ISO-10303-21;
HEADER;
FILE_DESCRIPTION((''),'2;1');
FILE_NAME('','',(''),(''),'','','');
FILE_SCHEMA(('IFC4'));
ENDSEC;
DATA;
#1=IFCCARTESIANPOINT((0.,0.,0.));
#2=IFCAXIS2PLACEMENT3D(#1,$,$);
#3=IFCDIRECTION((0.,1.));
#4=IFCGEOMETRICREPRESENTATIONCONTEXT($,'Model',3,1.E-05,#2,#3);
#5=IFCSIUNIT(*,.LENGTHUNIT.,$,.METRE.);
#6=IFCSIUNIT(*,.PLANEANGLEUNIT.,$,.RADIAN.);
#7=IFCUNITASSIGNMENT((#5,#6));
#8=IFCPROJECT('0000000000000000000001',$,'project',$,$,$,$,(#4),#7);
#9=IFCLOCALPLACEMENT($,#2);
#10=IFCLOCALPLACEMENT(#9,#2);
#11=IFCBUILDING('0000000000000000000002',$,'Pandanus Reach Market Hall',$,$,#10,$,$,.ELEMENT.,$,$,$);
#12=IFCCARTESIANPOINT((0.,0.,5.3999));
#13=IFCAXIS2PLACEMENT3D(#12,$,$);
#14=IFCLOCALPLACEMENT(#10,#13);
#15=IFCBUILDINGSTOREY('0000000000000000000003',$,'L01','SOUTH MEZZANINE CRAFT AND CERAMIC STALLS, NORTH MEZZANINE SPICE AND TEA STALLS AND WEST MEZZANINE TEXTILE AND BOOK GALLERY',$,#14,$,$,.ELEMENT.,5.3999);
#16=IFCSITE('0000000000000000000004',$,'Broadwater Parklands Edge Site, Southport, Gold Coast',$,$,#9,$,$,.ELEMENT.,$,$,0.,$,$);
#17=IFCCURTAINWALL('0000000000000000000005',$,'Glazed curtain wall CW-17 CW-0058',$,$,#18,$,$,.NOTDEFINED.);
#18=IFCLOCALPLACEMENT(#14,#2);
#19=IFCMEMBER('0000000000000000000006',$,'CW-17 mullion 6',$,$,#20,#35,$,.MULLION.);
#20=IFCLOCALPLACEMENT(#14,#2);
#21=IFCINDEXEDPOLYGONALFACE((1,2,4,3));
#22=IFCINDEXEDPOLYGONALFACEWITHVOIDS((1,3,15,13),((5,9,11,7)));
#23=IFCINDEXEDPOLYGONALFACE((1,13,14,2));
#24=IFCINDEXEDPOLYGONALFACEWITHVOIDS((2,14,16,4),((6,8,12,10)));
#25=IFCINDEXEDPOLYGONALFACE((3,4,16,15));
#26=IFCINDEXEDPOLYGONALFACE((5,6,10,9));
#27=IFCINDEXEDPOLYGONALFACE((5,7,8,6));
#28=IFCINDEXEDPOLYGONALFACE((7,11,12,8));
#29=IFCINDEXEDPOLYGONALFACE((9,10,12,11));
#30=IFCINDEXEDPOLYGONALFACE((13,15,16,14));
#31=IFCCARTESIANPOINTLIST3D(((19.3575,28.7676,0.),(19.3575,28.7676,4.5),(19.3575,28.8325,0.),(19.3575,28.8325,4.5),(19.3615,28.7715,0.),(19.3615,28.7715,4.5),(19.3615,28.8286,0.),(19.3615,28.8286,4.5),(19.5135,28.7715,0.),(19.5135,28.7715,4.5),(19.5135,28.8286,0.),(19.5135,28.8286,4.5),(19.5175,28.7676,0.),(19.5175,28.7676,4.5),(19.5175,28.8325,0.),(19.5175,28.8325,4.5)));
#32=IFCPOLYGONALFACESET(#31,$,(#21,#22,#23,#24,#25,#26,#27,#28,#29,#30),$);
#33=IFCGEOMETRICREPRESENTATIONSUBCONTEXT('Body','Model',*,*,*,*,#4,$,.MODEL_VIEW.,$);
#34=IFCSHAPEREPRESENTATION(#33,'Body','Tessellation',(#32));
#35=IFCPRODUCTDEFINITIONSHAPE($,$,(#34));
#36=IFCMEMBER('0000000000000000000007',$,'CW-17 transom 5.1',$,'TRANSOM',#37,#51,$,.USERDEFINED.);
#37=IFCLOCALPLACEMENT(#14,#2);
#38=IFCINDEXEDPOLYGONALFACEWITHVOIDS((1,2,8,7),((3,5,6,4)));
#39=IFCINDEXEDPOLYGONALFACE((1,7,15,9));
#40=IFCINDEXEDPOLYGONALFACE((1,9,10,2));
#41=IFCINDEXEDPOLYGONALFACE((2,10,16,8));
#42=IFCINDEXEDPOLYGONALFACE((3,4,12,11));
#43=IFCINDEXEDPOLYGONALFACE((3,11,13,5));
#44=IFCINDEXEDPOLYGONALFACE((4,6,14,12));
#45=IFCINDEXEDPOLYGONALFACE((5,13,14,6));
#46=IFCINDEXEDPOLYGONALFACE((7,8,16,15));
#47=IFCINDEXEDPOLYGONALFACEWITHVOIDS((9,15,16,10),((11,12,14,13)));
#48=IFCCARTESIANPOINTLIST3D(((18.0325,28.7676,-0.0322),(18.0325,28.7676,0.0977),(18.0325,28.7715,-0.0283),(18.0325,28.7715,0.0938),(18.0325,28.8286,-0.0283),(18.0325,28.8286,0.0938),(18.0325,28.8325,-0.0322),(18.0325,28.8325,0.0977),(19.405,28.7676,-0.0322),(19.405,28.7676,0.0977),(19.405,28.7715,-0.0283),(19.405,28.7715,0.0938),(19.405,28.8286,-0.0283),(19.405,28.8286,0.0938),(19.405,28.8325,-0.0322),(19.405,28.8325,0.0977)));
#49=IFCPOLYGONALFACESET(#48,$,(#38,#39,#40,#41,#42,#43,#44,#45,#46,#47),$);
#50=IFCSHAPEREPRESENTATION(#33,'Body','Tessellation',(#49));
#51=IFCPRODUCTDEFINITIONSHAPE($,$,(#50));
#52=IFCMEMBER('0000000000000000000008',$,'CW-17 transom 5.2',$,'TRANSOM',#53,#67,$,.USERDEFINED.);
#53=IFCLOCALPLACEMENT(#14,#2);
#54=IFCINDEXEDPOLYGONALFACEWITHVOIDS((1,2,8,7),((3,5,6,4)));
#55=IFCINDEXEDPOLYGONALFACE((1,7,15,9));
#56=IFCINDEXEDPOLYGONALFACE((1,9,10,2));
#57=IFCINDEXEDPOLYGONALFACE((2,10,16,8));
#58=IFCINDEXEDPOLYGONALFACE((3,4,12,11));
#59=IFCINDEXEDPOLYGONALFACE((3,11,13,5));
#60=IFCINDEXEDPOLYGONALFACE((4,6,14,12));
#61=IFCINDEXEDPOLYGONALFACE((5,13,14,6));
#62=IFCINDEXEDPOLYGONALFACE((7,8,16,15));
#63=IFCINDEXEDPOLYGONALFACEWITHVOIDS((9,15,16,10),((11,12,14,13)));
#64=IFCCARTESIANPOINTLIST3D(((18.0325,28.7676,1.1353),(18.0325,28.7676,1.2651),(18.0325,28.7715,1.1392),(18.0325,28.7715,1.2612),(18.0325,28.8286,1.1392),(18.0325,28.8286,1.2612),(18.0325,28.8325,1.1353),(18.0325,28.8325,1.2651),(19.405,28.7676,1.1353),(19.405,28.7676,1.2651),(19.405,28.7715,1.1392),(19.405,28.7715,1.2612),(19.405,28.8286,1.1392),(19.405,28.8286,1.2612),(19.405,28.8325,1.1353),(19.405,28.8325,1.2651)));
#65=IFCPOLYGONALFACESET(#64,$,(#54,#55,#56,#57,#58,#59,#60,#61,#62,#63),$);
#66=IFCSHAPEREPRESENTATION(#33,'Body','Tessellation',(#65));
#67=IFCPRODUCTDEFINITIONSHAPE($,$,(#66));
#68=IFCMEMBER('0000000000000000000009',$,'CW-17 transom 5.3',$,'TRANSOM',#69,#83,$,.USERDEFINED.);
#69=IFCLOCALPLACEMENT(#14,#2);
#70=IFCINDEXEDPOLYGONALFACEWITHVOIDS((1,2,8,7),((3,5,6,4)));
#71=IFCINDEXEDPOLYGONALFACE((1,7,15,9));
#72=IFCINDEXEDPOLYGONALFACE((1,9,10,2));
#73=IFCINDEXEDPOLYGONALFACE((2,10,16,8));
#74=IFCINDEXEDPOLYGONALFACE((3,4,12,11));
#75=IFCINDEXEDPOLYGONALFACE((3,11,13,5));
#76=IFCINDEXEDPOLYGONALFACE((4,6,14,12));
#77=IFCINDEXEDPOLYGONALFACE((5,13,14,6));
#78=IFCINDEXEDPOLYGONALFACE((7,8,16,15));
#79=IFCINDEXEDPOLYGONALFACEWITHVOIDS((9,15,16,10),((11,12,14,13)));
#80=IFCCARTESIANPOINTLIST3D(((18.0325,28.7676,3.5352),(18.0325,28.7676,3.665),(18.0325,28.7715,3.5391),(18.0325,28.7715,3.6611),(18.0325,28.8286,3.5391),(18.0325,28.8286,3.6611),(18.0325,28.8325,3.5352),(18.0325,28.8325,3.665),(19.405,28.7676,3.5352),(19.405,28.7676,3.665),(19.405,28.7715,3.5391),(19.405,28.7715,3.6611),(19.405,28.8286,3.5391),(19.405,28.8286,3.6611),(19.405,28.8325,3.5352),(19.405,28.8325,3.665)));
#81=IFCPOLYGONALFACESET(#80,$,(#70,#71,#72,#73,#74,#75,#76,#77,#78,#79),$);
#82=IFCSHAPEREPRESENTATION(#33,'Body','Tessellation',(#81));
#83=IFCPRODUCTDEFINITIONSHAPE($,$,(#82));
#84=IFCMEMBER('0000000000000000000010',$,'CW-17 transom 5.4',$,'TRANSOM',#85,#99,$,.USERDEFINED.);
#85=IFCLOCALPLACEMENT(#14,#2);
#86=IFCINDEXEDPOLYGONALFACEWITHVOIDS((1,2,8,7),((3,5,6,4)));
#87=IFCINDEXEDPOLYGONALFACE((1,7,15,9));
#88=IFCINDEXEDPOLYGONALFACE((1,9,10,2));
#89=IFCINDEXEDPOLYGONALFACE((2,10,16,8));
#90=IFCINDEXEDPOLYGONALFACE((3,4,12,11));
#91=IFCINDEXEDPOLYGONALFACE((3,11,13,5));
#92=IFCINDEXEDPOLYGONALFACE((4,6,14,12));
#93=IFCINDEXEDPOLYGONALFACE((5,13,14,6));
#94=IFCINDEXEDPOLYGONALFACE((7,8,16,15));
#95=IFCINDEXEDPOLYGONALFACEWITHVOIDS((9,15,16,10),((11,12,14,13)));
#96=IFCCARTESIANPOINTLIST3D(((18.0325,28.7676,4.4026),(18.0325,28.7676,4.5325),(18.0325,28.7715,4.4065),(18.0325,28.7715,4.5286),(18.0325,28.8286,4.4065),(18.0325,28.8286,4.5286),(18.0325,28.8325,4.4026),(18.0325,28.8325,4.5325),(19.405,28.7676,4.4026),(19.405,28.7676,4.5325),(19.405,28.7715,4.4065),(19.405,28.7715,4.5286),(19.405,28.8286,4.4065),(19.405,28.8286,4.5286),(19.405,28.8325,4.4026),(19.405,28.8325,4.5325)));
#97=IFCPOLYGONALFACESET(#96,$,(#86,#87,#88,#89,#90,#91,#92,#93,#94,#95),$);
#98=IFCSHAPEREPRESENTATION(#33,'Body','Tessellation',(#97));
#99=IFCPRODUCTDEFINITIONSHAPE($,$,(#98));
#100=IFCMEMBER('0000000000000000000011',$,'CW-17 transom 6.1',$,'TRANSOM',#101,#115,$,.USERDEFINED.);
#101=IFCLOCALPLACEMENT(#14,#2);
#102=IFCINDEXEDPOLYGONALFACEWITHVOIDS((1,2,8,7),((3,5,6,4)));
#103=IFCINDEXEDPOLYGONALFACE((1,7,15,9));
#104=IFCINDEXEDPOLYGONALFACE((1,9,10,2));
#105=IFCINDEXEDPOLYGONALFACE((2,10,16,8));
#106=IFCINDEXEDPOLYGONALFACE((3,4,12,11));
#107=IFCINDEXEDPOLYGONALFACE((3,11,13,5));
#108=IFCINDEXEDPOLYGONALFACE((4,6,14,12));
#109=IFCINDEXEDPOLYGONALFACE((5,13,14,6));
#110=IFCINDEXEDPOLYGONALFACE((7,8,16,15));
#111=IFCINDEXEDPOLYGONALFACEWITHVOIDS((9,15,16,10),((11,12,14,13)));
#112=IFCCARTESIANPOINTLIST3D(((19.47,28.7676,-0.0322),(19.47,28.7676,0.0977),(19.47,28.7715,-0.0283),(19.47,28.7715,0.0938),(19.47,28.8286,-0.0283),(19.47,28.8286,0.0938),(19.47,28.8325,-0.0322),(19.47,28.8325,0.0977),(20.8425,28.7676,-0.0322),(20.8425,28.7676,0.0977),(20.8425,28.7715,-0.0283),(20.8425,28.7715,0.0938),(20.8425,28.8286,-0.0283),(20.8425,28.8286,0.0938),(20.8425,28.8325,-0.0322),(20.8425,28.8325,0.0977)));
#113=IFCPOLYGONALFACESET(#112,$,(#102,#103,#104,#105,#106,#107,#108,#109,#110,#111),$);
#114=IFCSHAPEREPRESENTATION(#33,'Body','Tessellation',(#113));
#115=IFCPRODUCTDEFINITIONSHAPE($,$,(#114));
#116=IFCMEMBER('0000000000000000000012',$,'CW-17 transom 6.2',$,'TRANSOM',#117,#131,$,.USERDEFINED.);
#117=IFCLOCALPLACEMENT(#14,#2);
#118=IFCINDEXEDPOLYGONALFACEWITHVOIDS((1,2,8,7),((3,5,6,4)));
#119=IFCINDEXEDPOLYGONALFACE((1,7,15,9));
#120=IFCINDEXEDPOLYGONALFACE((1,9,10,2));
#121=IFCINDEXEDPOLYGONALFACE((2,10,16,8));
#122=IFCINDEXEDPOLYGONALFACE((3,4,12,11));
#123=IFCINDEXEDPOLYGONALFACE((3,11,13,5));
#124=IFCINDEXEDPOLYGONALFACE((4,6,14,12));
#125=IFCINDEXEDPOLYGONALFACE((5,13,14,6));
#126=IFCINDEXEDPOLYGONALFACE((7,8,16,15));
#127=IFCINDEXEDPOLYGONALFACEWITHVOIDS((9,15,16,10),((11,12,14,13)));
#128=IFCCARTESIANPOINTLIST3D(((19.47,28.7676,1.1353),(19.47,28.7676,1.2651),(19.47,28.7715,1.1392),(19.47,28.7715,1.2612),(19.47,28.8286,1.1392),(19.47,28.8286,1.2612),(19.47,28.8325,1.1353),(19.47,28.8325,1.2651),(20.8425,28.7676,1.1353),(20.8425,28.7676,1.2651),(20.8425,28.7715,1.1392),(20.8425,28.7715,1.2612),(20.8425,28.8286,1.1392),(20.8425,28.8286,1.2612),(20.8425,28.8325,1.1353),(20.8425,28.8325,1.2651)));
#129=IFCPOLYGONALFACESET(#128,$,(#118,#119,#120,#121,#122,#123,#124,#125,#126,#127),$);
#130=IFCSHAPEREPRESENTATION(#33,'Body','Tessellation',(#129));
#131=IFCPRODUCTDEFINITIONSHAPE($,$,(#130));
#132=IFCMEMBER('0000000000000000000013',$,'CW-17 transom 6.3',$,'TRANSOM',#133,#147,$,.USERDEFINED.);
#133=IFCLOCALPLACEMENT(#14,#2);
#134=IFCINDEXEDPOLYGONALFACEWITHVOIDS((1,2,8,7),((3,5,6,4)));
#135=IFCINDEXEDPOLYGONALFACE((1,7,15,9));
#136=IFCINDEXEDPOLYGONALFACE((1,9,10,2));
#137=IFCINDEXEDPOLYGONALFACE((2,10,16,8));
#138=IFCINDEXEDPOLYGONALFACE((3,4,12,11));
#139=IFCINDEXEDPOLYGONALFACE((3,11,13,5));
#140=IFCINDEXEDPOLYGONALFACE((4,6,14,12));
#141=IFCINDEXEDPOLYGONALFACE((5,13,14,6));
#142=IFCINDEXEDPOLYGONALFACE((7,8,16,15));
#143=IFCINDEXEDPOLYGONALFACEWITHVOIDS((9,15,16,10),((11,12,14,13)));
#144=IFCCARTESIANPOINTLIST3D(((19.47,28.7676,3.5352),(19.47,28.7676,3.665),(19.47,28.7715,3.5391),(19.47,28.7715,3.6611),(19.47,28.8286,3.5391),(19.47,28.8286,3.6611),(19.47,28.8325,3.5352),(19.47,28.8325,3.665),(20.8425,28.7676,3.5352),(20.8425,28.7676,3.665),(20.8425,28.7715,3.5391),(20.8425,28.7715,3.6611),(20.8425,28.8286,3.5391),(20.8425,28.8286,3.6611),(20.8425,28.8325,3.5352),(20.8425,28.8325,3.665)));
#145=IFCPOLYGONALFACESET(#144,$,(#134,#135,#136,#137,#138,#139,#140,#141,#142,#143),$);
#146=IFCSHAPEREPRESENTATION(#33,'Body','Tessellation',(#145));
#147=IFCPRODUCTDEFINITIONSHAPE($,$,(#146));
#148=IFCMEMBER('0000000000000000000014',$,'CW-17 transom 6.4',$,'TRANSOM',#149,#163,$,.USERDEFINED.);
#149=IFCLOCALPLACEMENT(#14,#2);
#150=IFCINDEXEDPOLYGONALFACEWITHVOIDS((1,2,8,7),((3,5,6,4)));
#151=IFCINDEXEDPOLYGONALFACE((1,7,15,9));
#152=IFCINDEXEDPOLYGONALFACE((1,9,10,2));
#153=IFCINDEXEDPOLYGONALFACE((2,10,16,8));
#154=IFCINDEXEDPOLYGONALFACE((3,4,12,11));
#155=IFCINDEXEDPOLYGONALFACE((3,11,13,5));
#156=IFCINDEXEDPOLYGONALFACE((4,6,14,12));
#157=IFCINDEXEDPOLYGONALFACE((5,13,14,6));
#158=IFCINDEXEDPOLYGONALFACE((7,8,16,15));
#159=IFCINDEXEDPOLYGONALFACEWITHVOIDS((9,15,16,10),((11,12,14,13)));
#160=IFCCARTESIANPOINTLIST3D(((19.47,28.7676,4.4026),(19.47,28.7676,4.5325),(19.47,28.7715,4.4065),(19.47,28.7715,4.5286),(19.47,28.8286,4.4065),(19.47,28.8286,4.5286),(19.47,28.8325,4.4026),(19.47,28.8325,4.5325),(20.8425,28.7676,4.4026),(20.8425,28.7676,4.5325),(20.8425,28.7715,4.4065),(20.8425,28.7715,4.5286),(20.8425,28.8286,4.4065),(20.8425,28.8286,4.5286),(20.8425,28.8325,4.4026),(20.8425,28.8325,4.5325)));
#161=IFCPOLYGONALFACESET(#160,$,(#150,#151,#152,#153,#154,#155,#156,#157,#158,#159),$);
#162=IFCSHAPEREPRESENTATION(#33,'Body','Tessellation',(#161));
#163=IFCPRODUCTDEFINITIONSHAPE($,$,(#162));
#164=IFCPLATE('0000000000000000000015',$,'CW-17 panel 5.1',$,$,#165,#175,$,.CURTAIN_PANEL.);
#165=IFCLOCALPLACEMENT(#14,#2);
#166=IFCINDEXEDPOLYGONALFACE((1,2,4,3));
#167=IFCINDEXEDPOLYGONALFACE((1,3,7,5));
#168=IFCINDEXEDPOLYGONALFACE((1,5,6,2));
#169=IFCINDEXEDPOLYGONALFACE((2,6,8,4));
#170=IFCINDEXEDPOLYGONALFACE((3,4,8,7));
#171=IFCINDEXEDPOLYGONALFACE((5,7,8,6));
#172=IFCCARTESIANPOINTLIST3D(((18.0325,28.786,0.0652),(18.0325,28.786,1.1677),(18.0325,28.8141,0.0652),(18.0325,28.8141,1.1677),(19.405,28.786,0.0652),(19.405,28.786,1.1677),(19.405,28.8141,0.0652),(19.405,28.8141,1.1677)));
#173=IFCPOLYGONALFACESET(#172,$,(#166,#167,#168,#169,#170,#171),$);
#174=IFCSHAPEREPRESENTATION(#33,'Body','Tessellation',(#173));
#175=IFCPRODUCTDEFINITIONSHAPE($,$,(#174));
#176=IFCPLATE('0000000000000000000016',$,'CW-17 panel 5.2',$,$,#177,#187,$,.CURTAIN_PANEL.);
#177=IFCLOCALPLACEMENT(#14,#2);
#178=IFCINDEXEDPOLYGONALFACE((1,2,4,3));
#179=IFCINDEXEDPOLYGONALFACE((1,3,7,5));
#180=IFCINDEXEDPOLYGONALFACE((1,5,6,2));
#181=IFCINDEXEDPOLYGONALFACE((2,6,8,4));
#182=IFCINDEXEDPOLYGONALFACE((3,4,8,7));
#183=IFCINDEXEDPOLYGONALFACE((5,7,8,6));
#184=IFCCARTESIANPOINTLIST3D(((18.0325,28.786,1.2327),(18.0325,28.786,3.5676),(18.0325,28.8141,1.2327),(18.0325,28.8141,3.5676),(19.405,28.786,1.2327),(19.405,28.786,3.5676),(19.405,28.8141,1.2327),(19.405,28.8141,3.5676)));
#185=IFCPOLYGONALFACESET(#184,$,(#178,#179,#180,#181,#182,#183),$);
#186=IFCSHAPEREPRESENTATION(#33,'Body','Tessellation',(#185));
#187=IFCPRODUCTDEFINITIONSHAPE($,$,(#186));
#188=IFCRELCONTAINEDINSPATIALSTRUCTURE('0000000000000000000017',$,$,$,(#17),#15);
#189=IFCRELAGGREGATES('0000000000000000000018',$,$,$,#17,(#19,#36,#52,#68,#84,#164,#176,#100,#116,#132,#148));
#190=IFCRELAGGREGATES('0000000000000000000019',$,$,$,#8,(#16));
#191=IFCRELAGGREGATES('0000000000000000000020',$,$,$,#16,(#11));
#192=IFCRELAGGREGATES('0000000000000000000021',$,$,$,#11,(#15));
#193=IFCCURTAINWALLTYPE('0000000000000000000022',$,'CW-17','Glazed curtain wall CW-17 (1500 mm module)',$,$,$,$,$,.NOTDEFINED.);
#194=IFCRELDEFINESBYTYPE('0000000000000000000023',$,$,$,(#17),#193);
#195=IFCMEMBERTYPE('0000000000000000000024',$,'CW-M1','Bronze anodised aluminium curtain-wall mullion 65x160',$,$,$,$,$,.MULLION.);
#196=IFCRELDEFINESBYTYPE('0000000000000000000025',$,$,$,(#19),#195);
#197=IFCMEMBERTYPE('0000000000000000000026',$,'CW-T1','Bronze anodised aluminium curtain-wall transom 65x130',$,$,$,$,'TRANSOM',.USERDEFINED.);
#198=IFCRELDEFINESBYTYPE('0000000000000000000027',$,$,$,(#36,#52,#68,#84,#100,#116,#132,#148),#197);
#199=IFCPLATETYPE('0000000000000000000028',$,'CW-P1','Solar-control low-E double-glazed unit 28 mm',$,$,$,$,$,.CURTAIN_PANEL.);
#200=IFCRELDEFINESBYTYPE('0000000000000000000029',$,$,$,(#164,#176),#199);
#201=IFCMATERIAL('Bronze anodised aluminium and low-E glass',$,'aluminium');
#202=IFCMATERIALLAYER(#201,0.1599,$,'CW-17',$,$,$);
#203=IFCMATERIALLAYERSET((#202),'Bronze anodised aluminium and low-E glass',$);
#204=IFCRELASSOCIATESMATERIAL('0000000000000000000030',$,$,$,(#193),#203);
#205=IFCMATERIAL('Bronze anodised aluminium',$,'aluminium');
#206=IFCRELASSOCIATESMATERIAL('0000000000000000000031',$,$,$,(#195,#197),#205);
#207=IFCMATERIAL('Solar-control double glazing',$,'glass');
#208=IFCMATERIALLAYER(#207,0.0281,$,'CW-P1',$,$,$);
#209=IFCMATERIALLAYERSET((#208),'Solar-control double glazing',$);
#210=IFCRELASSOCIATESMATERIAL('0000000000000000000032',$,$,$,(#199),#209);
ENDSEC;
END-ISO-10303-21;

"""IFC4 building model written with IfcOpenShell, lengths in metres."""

from ifc_helpers import new_model, si_unit, direction, frame, origin, origin_2d, place, context, subcontext, project, spatial, rectangle, hollow_rectangle, extrude, material, layer, layer_set, material_profile, profile_set, type_object, element, aggregate, save


model = new_model("IFC4")

# Units and contexts
model_context = context("Model", 3, precision=1e-05, world=origin(), true_north=direction((0.0, 1.0)))
body_context = subcontext(model_context, "Body", "Model", "MODEL_VIEW")
ifc_project = project(units=[si_unit("LENGTHUNIT", "METRE"), si_unit("PLANEANGLEUNIT", "RADIAN")], contexts=[model_context])

# Site, building, storey
site_placement = place(None, origin())
site = spatial("IfcSite", under=ifc_project, at=site_placement, Name="Broadwater Parklands Edge Site, Southport, Gold Coast", CompositionType="ELEMENT", RefElevation=0.0)
building_placement = place(site_placement, origin())
building = spatial("IfcBuilding", under=site, at=building_placement, Name="Pandanus Reach Market Hall", CompositionType="ELEMENT")
storey_placement = place(building_placement, frame((0.0, 0.0, 5.3999)))
storey = spatial("IfcBuildingStorey", under=building, at=storey_placement, Name="L01", Description="SOUTH MEZZANINE CRAFT AND CERAMIC STALLS, NORTH MEZZANINE SPICE AND TEA STALLS AND WEST MEZZANINE TEXTILE AND BOOK GALLERY", CompositionType="ELEMENT", Elevation=5.3999)

# Curtain wall, members, plates
ifc_material_1 = material(Name="Bronze anodised aluminium and low-E glass", Category="aluminium")
ifc_layer_1 = layer(ifc_material_1, 0.1599, Name="CW-17")
ifc_layer_set_1 = layer_set([ifc_layer_1], Name="Bronze anodised aluminium and low-E glass")
curtain_wall_type = type_object("IfcCurtainWallType", Name="CW-17", Description="Glazed curtain wall CW-17 (1500 mm module)", PredefinedType="NOTDEFINED", material=ifc_layer_set_1)
curtain_wall_placement = place(storey_placement, origin())
curtain_wall = element("IfcCurtainWall", 1, at=curtain_wall_placement, inside=storey, type_object=curtain_wall_type, Name="Glazed curtain wall CW-17 CW-0058", PredefinedType="NOTDEFINED")
ifc_material_2 = material(Name="Bronze anodised aluminium", Category="aluminium")
ifc_material_profile_1 = material_profile(ifc_material_2, hollow_rectangle(XDim=0.0649, YDim=0.1599, WallThickness=0.0039, at=origin_2d()), Name="ALU65x160", Category="LoadBearing")
ifc_profile_set_1 = profile_set([ifc_material_profile_1], Name="Bronze anodised aluminium")
member_type_1 = type_object("IfcMemberType", Name="CW-M1", Description="Bronze anodised aluminium curtain-wall mullion 65x160", PredefinedType="MULLION", material=ifc_profile_set_1)
member_1_placement = place(storey_placement, frame((19.4375, 28.8, 0.0), z_axis=(0.0, 0.0, 1.0), x_axis=(0.0, 1.0, 0.0)))
member_1 = element("IfcMember", 2, at=member_1_placement, type_object=member_type_1, Name="CW-17 mullion 6", PredefinedType="MULLION", context=body_context, shape_type="SweptSolid", body=[
    extrude(hollow_rectangle(XDim=0.0649, YDim=0.1599, WallThickness=0.0039, at=origin_2d()), origin(), (0.0, 0.0, 1.0), 4.5),
])
ifc_material_profile_2 = material_profile(ifc_material_2, hollow_rectangle(XDim=0.0649, YDim=0.1299, WallThickness=0.0039, at=origin_2d()), Name="ALU65x130", Category="LoadBearing")
ifc_profile_set_2 = profile_set([ifc_material_profile_2], Name="Bronze anodised aluminium")
member_type_2 = type_object("IfcMemberType", Name="CW-T1", Description="Bronze anodised aluminium curtain-wall transom 65x130", ElementType="TRANSOM", PredefinedType="USERDEFINED", material=ifc_profile_set_2)
member_2_placement = place(storey_placement, frame((18.0325, 28.8, 0.0327), z_axis=(1.0, 0.0, 0.0), x_axis=(0.0, 1.0, 0.0)))
member_2 = element("IfcMember", 3, at=member_2_placement, type_object=member_type_2, Name="CW-17 transom 5.1", ObjectType="TRANSOM", PredefinedType="USERDEFINED", context=body_context, shape_type="SweptSolid", body=[
    extrude(hollow_rectangle(XDim=0.0649, YDim=0.1299, WallThickness=0.0039, at=origin_2d()), origin(), (0.0, 0.0, 1.0), 1.3726),
])
member_3_placement = place(storey_placement, frame((18.0325, 28.8, 1.2002), z_axis=(1.0, 0.0, 0.0), x_axis=(0.0, 1.0, 0.0)))
member_3 = element("IfcMember", 4, at=member_3_placement, type_object=member_type_2, Name="CW-17 transom 5.2", ObjectType="TRANSOM", PredefinedType="USERDEFINED", context=body_context, shape_type="SweptSolid", body=[
    extrude(hollow_rectangle(XDim=0.0649, YDim=0.1299, WallThickness=0.0039, at=origin_2d()), origin(), (0.0, 0.0, 1.0), 1.3726),
])
member_4_placement = place(storey_placement, frame((18.0325, 28.8, 3.6001), z_axis=(1.0, 0.0, 0.0), x_axis=(0.0, 1.0, 0.0)))
member_4 = element("IfcMember", 5, at=member_4_placement, type_object=member_type_2, Name="CW-17 transom 5.3", ObjectType="TRANSOM", PredefinedType="USERDEFINED", context=body_context, shape_type="SweptSolid", body=[
    extrude(hollow_rectangle(XDim=0.0649, YDim=0.1299, WallThickness=0.0039, at=origin_2d()), origin(), (0.0, 0.0, 1.0), 1.3726),
])
member_5_placement = place(storey_placement, frame((18.0325, 28.8, 4.4675), z_axis=(1.0, 0.0, 0.0), x_axis=(0.0, 1.0, 0.0)))
member_5 = element("IfcMember", 6, at=member_5_placement, type_object=member_type_2, Name="CW-17 transom 5.4", ObjectType="TRANSOM", PredefinedType="USERDEFINED", context=body_context, shape_type="SweptSolid", body=[
    extrude(hollow_rectangle(XDim=0.0649, YDim=0.1299, WallThickness=0.0039, at=origin_2d()), origin(), (0.0, 0.0, 1.0), 1.3726),
])
member_6_placement = place(storey_placement, frame((19.47, 28.8, 0.0327), z_axis=(1.0, 0.0, 0.0), x_axis=(0.0, 1.0, 0.0)))
member_6 = element("IfcMember", 7, at=member_6_placement, type_object=member_type_2, Name="CW-17 transom 6.1", ObjectType="TRANSOM", PredefinedType="USERDEFINED", context=body_context, shape_type="SweptSolid", body=[
    extrude(hollow_rectangle(XDim=0.0649, YDim=0.1299, WallThickness=0.0039, at=origin_2d()), origin(), (0.0, 0.0, 1.0), 1.3726),
])
member_7_placement = place(storey_placement, frame((19.47, 28.8, 1.2002), z_axis=(1.0, 0.0, 0.0), x_axis=(0.0, 1.0, 0.0)))
member_7 = element("IfcMember", 8, at=member_7_placement, type_object=member_type_2, Name="CW-17 transom 6.2", ObjectType="TRANSOM", PredefinedType="USERDEFINED", context=body_context, shape_type="SweptSolid", body=[
    extrude(hollow_rectangle(XDim=0.0649, YDim=0.1299, WallThickness=0.0039, at=origin_2d()), origin(), (0.0, 0.0, 1.0), 1.3726),
])
member_8_placement = place(storey_placement, frame((19.47, 28.8, 3.6001), z_axis=(1.0, 0.0, 0.0), x_axis=(0.0, 1.0, 0.0)))
member_8 = element("IfcMember", 9, at=member_8_placement, type_object=member_type_2, Name="CW-17 transom 6.3", ObjectType="TRANSOM", PredefinedType="USERDEFINED", context=body_context, shape_type="SweptSolid", body=[
    extrude(hollow_rectangle(XDim=0.0649, YDim=0.1299, WallThickness=0.0039, at=origin_2d()), origin(), (0.0, 0.0, 1.0), 1.3726),
])
member_9_placement = place(storey_placement, frame((19.47, 28.8, 4.4675), z_axis=(1.0, 0.0, 0.0), x_axis=(0.0, 1.0, 0.0)))
member_9 = element("IfcMember", 10, at=member_9_placement, type_object=member_type_2, Name="CW-17 transom 6.4", ObjectType="TRANSOM", PredefinedType="USERDEFINED", context=body_context, shape_type="SweptSolid", body=[
    extrude(hollow_rectangle(XDim=0.0649, YDim=0.1299, WallThickness=0.0039, at=origin_2d()), origin(), (0.0, 0.0, 1.0), 1.3726),
])
ifc_material_3 = material(Name="Solar-control double glazing", Category="glass")
ifc_layer_2 = layer(ifc_material_3, 0.0281, Name="CW-P1")
ifc_layer_set_2 = layer_set([ifc_layer_2], Name="Solar-control double glazing")
plate_type = type_object("IfcPlateType", Name="CW-P1", Description="Solar-control low-E double-glazed unit 28 mm", PredefinedType="CURTAIN_PANEL", material=ifc_layer_set_2)
plate_1_placement = place(storey_placement, frame((18.7188, 28.8, 0.0652), z_axis=(0.0, 0.0, 1.0), x_axis=(1.0, 0.0, 0.0)))
plate_1 = element("IfcPlate", 11, at=plate_1_placement, type_object=plate_type, Name="CW-17 panel 5.1", PredefinedType="CURTAIN_PANEL", context=body_context, shape_type="SweptSolid", body=[
    extrude(rectangle(XDim=1.3726, YDim=0.0281, at=origin_2d()), origin(), (0.0, 0.0, 1.0), 1.1025),
])
plate_2_placement = place(storey_placement, frame((18.7188, 28.8, 1.2327), z_axis=(0.0, 0.0, 1.0), x_axis=(1.0, 0.0, 0.0)))
plate_2 = element("IfcPlate", 12, at=plate_2_placement, type_object=plate_type, Name="CW-17 panel 5.2", PredefinedType="CURTAIN_PANEL", context=body_context, shape_type="SweptSolid", body=[
    extrude(rectangle(XDim=1.3726, YDim=0.0281, at=origin_2d()), origin(), (0.0, 0.0, 1.0), 2.335),
])
aggregate(curtain_wall, [member_1, member_2, member_3, member_4, member_5, plate_1, plate_2, member_6, member_7, member_8, member_9])

save(model, "model.ifc")
